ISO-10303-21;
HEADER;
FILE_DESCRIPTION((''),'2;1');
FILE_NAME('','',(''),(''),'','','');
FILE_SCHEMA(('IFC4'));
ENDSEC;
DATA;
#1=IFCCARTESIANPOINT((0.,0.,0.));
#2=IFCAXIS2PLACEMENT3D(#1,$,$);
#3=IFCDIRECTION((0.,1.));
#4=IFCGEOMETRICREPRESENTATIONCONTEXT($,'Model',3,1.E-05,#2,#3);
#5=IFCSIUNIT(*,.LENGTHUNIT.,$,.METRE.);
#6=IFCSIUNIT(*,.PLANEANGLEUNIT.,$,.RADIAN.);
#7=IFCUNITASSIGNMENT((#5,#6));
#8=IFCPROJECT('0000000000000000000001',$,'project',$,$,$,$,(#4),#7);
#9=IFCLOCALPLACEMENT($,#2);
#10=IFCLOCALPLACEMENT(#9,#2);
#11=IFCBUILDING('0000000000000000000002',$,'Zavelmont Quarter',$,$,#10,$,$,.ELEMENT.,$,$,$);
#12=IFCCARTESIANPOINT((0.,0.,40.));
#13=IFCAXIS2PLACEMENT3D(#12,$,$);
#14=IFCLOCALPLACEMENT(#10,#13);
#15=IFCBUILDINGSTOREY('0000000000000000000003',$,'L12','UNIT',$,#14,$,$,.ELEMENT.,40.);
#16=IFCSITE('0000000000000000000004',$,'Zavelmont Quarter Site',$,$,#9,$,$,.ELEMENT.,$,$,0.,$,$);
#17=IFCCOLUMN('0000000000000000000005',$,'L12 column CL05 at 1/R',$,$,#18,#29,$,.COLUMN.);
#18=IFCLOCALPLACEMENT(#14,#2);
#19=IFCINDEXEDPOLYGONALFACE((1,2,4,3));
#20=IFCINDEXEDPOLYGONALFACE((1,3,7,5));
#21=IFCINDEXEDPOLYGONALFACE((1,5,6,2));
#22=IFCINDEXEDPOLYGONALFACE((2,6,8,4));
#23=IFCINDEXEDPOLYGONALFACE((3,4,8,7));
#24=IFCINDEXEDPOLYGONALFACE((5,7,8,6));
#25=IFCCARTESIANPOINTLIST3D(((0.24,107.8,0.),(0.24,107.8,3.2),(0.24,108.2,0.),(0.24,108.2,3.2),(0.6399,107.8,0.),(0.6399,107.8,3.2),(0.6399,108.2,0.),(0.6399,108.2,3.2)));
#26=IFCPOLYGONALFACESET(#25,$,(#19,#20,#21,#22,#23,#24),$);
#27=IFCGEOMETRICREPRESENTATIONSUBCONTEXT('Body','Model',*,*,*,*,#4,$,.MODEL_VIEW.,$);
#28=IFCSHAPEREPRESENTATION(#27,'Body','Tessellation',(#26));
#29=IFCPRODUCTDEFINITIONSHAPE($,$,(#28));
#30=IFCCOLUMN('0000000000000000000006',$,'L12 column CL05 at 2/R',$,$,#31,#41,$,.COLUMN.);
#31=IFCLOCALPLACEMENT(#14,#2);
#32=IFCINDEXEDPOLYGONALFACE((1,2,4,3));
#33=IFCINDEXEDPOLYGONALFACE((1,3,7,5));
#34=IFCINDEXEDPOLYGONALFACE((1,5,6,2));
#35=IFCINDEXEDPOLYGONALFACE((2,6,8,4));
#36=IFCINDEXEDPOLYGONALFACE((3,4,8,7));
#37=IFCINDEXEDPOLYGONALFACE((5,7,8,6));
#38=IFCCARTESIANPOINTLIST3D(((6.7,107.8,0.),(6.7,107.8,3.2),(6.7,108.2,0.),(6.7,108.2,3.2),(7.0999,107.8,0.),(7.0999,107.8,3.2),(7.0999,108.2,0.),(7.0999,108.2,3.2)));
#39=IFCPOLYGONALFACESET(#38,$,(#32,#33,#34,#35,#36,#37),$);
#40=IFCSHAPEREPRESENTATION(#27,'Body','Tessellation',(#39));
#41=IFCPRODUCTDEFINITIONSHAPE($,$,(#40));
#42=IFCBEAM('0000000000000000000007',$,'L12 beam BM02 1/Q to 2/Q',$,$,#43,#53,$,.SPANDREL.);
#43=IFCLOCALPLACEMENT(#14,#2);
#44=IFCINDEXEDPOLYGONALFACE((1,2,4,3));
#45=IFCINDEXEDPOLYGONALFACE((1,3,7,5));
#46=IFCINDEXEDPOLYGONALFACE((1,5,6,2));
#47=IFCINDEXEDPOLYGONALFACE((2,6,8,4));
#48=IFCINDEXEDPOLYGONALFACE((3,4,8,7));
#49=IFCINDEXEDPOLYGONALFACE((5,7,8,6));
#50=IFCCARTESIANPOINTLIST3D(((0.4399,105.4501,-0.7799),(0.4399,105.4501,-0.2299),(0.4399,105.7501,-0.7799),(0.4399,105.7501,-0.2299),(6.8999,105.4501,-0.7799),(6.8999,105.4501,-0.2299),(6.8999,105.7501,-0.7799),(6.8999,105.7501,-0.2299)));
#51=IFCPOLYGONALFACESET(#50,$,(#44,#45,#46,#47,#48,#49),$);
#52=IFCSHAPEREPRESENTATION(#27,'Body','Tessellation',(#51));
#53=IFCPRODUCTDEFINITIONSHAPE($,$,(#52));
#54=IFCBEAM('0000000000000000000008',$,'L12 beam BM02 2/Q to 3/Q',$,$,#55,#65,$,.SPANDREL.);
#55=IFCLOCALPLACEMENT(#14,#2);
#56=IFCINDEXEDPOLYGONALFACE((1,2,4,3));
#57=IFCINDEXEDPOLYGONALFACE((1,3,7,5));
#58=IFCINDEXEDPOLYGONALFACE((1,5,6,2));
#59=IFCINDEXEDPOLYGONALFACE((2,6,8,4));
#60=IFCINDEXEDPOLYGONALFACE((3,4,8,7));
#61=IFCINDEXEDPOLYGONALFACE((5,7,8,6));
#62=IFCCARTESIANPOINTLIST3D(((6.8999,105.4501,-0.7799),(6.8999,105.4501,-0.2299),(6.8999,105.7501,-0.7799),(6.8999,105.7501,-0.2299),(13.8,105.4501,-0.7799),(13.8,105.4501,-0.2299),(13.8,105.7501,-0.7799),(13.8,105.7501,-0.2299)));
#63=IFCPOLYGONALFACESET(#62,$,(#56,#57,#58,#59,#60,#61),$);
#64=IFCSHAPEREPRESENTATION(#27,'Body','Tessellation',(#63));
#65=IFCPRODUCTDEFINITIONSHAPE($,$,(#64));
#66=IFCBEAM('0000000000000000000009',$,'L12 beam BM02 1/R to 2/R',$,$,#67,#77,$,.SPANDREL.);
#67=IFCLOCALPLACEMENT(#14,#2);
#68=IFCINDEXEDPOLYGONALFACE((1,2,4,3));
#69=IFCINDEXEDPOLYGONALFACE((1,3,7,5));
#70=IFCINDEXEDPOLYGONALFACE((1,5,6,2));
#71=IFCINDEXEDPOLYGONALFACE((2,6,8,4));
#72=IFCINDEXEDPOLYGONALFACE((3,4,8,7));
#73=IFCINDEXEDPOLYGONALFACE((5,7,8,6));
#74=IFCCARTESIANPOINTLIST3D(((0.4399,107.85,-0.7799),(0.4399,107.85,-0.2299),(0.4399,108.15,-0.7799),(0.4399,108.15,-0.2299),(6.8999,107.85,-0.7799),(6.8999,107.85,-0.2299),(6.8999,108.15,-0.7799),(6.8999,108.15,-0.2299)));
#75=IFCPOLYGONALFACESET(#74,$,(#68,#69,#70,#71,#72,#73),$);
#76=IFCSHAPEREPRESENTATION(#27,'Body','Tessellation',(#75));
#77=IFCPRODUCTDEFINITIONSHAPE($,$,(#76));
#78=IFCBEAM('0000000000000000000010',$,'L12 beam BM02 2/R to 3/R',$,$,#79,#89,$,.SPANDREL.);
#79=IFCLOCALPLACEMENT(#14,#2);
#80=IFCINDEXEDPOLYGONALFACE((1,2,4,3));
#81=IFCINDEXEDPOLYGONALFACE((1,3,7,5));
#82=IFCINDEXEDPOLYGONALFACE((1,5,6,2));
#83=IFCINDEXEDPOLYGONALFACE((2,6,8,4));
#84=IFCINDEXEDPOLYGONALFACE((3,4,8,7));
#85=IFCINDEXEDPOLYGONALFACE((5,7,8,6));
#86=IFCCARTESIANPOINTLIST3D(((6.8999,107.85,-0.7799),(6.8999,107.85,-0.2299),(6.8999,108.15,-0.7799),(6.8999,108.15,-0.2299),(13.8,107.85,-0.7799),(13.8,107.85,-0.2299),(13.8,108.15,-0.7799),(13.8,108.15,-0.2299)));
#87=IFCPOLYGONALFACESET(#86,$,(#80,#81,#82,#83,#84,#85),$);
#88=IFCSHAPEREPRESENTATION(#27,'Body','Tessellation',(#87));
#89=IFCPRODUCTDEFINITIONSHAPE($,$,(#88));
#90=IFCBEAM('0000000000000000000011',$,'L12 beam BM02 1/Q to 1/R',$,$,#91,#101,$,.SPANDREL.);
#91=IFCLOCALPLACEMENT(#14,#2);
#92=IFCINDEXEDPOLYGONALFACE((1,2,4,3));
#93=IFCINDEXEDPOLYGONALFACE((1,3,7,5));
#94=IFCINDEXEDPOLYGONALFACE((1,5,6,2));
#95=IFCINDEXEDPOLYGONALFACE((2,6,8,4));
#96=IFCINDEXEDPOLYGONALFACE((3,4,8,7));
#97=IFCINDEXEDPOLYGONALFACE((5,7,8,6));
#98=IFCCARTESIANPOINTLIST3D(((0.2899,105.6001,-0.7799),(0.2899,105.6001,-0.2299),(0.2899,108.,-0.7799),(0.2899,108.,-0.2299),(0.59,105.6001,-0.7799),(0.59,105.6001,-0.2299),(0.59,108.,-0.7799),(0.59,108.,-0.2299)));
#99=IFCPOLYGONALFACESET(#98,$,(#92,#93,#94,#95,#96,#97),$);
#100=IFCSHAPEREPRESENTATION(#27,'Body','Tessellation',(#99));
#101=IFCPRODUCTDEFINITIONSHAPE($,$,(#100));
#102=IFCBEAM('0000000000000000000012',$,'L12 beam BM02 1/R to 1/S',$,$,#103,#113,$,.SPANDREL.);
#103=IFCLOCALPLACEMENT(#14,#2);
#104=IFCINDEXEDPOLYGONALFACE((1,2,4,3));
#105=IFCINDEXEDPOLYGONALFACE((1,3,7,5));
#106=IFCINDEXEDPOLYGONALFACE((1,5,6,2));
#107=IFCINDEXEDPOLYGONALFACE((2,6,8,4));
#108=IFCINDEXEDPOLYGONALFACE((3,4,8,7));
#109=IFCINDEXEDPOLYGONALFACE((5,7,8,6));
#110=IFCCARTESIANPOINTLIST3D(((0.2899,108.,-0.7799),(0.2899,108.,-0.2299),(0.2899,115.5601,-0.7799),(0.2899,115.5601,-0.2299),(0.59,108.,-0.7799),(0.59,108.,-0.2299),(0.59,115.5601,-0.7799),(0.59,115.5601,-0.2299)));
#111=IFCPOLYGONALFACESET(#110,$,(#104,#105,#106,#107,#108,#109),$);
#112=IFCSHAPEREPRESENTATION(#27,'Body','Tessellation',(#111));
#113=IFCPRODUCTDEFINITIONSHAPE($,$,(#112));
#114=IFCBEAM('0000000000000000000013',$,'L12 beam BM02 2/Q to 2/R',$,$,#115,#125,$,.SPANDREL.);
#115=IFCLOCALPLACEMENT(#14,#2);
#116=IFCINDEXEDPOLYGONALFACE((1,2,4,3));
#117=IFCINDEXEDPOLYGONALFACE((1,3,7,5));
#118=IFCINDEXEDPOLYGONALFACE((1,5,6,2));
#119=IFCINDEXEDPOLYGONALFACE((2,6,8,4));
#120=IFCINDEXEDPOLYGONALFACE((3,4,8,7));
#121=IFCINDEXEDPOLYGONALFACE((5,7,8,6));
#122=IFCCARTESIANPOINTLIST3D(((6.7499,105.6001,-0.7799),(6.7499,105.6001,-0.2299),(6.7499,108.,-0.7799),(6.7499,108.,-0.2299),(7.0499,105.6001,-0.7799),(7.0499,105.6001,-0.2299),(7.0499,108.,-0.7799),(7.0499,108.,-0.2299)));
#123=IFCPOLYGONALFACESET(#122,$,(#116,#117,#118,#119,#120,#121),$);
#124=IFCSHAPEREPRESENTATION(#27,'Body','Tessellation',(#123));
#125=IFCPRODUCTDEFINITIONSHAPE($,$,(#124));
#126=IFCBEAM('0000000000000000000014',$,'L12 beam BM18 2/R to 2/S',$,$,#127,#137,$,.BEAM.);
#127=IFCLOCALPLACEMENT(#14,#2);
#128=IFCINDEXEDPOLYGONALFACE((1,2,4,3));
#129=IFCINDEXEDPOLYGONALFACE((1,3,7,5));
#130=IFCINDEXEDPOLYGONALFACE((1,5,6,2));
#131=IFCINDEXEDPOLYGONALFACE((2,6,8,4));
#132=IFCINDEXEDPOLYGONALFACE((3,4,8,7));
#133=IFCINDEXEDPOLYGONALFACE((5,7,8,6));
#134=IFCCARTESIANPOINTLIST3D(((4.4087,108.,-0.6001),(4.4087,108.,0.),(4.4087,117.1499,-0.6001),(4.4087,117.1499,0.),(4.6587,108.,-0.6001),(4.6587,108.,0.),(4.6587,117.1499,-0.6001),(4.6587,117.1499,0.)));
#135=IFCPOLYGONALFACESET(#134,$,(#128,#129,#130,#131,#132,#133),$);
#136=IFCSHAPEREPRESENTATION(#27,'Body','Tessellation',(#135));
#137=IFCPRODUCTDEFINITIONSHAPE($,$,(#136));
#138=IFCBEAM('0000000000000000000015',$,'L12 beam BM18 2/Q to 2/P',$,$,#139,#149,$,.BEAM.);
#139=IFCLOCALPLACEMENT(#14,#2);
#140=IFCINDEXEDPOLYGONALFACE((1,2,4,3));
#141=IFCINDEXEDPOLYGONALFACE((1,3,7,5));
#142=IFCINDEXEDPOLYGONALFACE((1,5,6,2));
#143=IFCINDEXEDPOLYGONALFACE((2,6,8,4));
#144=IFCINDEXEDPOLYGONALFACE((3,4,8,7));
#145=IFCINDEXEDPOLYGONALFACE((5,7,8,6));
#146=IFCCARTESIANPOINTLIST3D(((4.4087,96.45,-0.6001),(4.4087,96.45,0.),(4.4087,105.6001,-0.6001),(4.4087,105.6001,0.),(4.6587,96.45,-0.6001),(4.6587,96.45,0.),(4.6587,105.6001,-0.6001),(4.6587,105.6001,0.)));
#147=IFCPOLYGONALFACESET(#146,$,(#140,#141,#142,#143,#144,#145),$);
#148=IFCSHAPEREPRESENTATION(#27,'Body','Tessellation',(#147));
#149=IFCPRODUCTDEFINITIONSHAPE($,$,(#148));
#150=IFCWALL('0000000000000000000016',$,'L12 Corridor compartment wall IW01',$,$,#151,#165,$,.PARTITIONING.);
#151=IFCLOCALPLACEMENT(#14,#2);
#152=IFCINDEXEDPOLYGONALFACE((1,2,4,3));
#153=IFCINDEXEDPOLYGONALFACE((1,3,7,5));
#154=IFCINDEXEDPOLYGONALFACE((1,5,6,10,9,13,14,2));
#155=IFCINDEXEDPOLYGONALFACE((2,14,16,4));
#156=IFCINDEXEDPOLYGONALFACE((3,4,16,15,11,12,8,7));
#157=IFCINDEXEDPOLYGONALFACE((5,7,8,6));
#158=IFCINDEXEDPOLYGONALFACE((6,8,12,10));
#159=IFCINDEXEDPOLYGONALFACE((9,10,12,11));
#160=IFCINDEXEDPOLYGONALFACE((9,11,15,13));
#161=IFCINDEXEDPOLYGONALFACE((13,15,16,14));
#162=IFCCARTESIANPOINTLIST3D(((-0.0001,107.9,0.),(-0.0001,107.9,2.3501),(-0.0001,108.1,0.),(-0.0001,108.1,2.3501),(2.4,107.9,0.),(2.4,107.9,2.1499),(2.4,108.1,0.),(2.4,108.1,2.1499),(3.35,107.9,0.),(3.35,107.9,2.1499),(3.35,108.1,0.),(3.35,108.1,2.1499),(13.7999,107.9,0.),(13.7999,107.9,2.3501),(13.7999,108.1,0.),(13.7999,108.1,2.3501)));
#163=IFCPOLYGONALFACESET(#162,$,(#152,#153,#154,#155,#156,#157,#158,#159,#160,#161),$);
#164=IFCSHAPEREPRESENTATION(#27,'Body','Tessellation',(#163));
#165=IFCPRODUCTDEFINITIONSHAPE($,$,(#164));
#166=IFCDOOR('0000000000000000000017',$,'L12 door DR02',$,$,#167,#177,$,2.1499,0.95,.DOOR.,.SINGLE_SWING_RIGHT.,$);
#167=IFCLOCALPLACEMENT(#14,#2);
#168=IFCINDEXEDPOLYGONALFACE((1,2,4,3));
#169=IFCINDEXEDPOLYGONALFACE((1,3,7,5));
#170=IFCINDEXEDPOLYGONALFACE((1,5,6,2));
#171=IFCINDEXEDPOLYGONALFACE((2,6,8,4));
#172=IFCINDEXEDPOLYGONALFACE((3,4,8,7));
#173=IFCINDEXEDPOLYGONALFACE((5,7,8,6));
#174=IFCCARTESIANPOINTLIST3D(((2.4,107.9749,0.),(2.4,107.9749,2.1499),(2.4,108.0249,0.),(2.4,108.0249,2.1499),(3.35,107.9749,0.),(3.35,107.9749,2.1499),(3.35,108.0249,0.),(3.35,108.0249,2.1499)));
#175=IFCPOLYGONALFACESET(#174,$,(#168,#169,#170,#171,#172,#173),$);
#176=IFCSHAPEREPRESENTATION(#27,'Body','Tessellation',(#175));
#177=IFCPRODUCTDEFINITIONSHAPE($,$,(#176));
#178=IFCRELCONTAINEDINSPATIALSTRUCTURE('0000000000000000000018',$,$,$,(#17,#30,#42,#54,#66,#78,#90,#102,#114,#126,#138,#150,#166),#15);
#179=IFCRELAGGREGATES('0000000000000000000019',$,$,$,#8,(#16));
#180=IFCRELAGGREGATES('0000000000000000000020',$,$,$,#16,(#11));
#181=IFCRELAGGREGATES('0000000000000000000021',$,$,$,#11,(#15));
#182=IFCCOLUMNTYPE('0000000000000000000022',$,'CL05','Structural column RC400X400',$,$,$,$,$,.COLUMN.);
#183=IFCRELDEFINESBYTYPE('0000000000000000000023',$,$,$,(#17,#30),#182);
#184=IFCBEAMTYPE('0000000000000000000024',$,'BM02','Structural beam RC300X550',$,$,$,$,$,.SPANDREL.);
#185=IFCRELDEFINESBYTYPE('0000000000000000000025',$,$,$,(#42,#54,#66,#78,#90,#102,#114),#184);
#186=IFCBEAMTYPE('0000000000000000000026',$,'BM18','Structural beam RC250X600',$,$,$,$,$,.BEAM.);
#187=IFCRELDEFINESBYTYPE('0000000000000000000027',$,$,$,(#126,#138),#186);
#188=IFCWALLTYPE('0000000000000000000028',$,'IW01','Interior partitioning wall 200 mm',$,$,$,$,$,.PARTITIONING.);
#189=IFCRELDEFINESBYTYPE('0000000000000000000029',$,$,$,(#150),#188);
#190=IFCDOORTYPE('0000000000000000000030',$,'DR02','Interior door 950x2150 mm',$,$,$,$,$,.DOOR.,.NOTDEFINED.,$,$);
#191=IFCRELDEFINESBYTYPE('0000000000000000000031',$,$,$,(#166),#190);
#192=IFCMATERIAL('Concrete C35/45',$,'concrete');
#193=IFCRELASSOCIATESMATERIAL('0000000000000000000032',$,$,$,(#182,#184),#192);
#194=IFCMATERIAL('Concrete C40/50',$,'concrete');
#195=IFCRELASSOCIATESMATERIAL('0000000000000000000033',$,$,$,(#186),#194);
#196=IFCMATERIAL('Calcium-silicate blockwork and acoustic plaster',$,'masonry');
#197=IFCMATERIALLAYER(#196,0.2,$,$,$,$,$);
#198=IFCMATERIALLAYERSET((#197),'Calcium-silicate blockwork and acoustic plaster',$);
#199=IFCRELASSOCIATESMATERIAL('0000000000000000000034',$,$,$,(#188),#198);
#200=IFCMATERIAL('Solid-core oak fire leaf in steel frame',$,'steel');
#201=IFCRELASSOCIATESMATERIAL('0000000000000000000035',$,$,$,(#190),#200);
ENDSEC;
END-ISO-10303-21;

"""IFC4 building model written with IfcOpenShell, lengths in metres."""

from ifc_helpers import new_model, si_unit, direction, frame, frame_2d, origin, origin_with_axes, origin_2d, place, context, subcontext, project, spatial, rectangle, extrude, material, layer, layer_set, material_profile, profile_set, type_object, element, fill, save


model = new_model("IFC4")

# Units and contexts
model_context = context("Model", 3, precision=1e-05, world=origin(), true_north=direction((0.0, 1.0)))
body_context = subcontext(model_context, "Body", "Model", "MODEL_VIEW")
ifc_project = project(units=[si_unit("LENGTHUNIT", "METRE"), si_unit("PLANEANGLEUNIT", "RADIAN")], contexts=[model_context])

# Site, building, storey
site_placement = place(None, origin())
site = spatial("IfcSite", under=ifc_project, at=site_placement, Name="Zavelmont Quarter Site", CompositionType="ELEMENT", RefElevation=0.0)
building_placement = place(site_placement, origin())
building = spatial("IfcBuilding", under=site, at=building_placement, Name="Zavelmont Quarter", CompositionType="ELEMENT")
storey_placement = place(building_placement, frame((0.0, 0.0, 40.0)))
storey = spatial("IfcBuildingStorey", under=building, at=storey_placement, Name="L12", Description="UNIT", CompositionType="ELEMENT", Elevation=40.0)

# Columns
ifc_material_1 = material(Name="Concrete C35/45", Category="concrete")
ifc_material_profile_1 = material_profile(ifc_material_1, rectangle(XDim=0.3999, YDim=0.3999, at=origin_2d()), Name="RC400X400")
ifc_profile_set_1 = profile_set([ifc_material_profile_1], Name="Concrete C35/45")
column_type = type_object("IfcColumnType", Name="CL05", Description="Structural column RC400X400", PredefinedType="COLUMN", material=ifc_profile_set_1)
for number, where, z_axis, x_axis, name in (
    (1, (0.4399, 108.0, 0.0), (0.0, 0.0, 1.0), (1.0, 0.0, 0.0), "L12 column CL05 at 1/R"),
    (2, (6.8999, 108.0, 0.0), (0.0, 0.0, 1.0), (1.0, 0.0, 0.0), "L12 column CL05 at 2/R"),
):
    element("IfcColumn", number, at=place(storey_placement, frame(where, z_axis=z_axis, x_axis=x_axis)), inside=storey, type_object=column_type, Name=name, PredefinedType="COLUMN", context=body_context, shape_type="SweptSolid", body=[
        extrude(rectangle(XDim=0.3999, YDim=0.3999, at=origin_2d()), origin(), (0.0, 0.0, 1.0), 3.2),
    ])

# Beams
ifc_material_profile_2 = material_profile(ifc_material_1, rectangle(XDim=0.3, YDim=0.55, at=origin_2d()), Name="RC300X550")
ifc_profile_set_2 = profile_set([ifc_material_profile_2], Name="Concrete C35/45")
beam_type_1 = type_object("IfcBeamType", Name="BM02", Description="Structural beam RC300X550", PredefinedType="SPANDREL", material=ifc_profile_set_2)
beam_1_placement = place(storey_placement, frame((0.4399, 105.6001, -0.5049), z_axis=(1.0, 0.0, 0.0), x_axis=(0.0, 1.0, 0.0)))
element("IfcBeam", 3, at=beam_1_placement, inside=storey, type_object=beam_type_1, Name="L12 beam BM02 1/Q to 2/Q", PredefinedType="SPANDREL", context=body_context, shape_type="SweptSolid", body=[
    extrude(rectangle(XDim=0.3, YDim=0.55, at=origin_2d()), origin(), (0.0, 0.0, 1.0), 6.46),
])
beam_2_placement = place(storey_placement, frame((6.8999, 105.6001, -0.5049), z_axis=(1.0, 0.0, 0.0), x_axis=(0.0, 1.0, 0.0)))
element("IfcBeam", 4, at=beam_2_placement, inside=storey, type_object=beam_type_1, Name="L12 beam BM02 2/Q to 3/Q", PredefinedType="SPANDREL", context=body_context, shape_type="SweptSolid", body=[
    extrude(rectangle(XDim=0.3, YDim=0.55, at=origin_2d()), origin(), (0.0, 0.0, 1.0), 6.9001),
])
beam_3_placement = place(storey_placement, frame((0.4399, 108.0, -0.5049), z_axis=(1.0, 0.0, 0.0), x_axis=(0.0, 1.0, 0.0)))
element("IfcBeam", 5, at=beam_3_placement, inside=storey, type_object=beam_type_1, Name="L12 beam BM02 1/R to 2/R", PredefinedType="SPANDREL", context=body_context, shape_type="SweptSolid", body=[
    extrude(rectangle(XDim=0.3, YDim=0.55, at=origin_2d()), origin(), (0.0, 0.0, 1.0), 6.46),
])
beam_4_placement = place(storey_placement, frame((6.8999, 108.0, -0.5049), z_axis=(1.0, 0.0, 0.0), x_axis=(0.0, 1.0, 0.0)))
element("IfcBeam", 6, at=beam_4_placement, inside=storey, type_object=beam_type_1, Name="L12 beam BM02 2/R to 3/R", PredefinedType="SPANDREL", context=body_context, shape_type="SweptSolid", body=[
    extrude(rectangle(XDim=0.3, YDim=0.55, at=origin_2d()), origin(), (0.0, 0.0, 1.0), 6.9001),
])
beam_5_placement = place(storey_placement, frame((0.4399, 105.6001, -0.5049), z_axis=(0.0, 1.0, 0.0), x_axis=(-1.0, 0.0, 0.0)))
element("IfcBeam", 7, at=beam_5_placement, inside=storey, type_object=beam_type_1, Name="L12 beam BM02 1/Q to 1/R", PredefinedType="SPANDREL", context=body_context, shape_type="SweptSolid", body=[
    extrude(rectangle(XDim=0.3, YDim=0.55, at=origin_2d()), origin(), (0.0, 0.0, 1.0), 2.3999),
])
beam_6_placement = place(storey_placement, frame((0.4399, 108.0, -0.5049), z_axis=(0.0, 1.0, 0.0), x_axis=(-1.0, 0.0, 0.0)))
element("IfcBeam", 8, at=beam_6_placement, inside=storey, type_object=beam_type_1, Name="L12 beam BM02 1/R to 1/S", PredefinedType="SPANDREL", context=body_context, shape_type="SweptSolid", body=[
    extrude(rectangle(XDim=0.3, YDim=0.55, at=origin_2d()), origin(), (0.0, 0.0, 1.0), 7.5601),
])
beam_7_placement = place(storey_placement, frame((6.8999, 105.6001, -0.5049), z_axis=(0.0, 1.0, 0.0), x_axis=(-1.0, 0.0, 0.0)))
element("IfcBeam", 9, at=beam_7_placement, inside=storey, type_object=beam_type_1, Name="L12 beam BM02 2/Q to 2/R", PredefinedType="SPANDREL", context=body_context, shape_type="SweptSolid", body=[
    extrude(rectangle(XDim=0.3, YDim=0.55, at=origin_2d()), origin(), (0.0, 0.0, 1.0), 2.3999),
])
ifc_material_2 = material(Name="Concrete C40/50", Category="concrete")
ifc_material_profile_3 = material_profile(ifc_material_2, rectangle(XDim=0.25, YDim=0.6001, at=origin_2d()), Name="RC250X600")
ifc_profile_set_3 = profile_set([ifc_material_profile_3], Name="Concrete C40/50")
beam_type_2 = type_object("IfcBeamType", Name="BM18", Description="Structural beam RC250X600", PredefinedType="BEAM", material=ifc_profile_set_3)
beam_8_placement = place(storey_placement, frame((4.5337, 108.0, -0.3), z_axis=(0.0, 1.0, 0.0), x_axis=(-1.0, 0.0, 0.0)))
element("IfcBeam", 10, at=beam_8_placement, inside=storey, type_object=beam_type_2, Name="L12 beam BM18 2/R to 2/S", PredefinedType="BEAM", context=body_context, shape_type="SweptSolid", body=[
    extrude(rectangle(XDim=0.25, YDim=0.6001, at=origin_2d()), origin(), (0.0, 0.0, 1.0), 9.1499),
])
beam_9_placement = place(storey_placement, frame((4.5337, 105.6001, -0.3), z_axis=(0.0, -1.0, 0.0), x_axis=(1.0, 0.0, 0.0)))
element("IfcBeam", 11, at=beam_9_placement, inside=storey, type_object=beam_type_2, Name="L12 beam BM18 2/Q to 2/P", PredefinedType="BEAM", context=body_context, shape_type="SweptSolid", body=[
    extrude(rectangle(XDim=0.25, YDim=0.6001, at=origin_2d()), origin(), (0.0, 0.0, 1.0), 9.1501),
])

# Wall, opening, door
ifc_material_3 = material(Name="Calcium-silicate blockwork and acoustic plaster", Category="masonry")
ifc_layer_1 = layer(ifc_material_3, 0.2)
ifc_layer_set_1 = layer_set([ifc_layer_1], Name="Calcium-silicate blockwork and acoustic plaster")
wall_type_1 = type_object("IfcWallType", Name="IW01", Description="Interior partitioning wall 200 mm", PredefinedType="PARTITIONING", material=ifc_layer_set_1)
wall_1_placement = place(storey_placement, frame((0.0, 108.0, 0.0), z_axis=(0.0, 0.0, 1.0), x_axis=(1.0, 0.0, 0.0)))
wall_1 = element("IfcWall", 12, at=wall_1_placement, inside=storey, type_object=wall_type_1, Name="L12 Corridor compartment wall IW01", PredefinedType="PARTITIONING", context=body_context, shape_type="SweptSolid", body=[
    extrude(rectangle(XDim=13.8, YDim=0.2, at=frame_2d((6.8999, 0.0))), origin(), (0.0, 0.0, 1.0), 2.3501),
])
opening_1_placement = place(wall_1_placement, frame((2.3999, 0.0, 0.0)))
opening_1 = element("IfcOpeningElement", 13, at=opening_1_placement, cuts=wall_1, PredefinedType="OPENING", context=body_context, shape_type="SweptSolid", body=[
    extrude(rectangle(XDim=0.95, YDim=2.1499, at=frame_2d((0.4751, 1.075))), frame((0.0, 0.1118, 0.0), z_axis=(0.0, -1.0, 0.0), x_axis=(1.0, 0.0, 0.0)), (0.0, 0.0, 1.0), 0.2239),
])
ifc_material_4 = material(Name="Solid-core oak fire leaf in steel frame", Category="steel")
door_type = type_object("IfcDoorType", Name="DR02", Description="Interior door 950x2150 mm", OperationType="NOTDEFINED", PredefinedType="DOOR", material=ifc_material_4)
door_1_placement = place(opening_1_placement, origin_with_axes())
door_1 = element("IfcDoor", 14, at=door_1_placement, inside=storey, type_object=door_type, Name="L12 door DR02", OperationType="SINGLE_SWING_RIGHT", OverallHeight=2.1499, OverallWidth=0.95, PredefinedType="DOOR", context=body_context, shape_type="SweptSolid", body=[
    extrude(rectangle(XDim=0.95, YDim=2.1499, at=frame_2d((0.4751, 1.075))), frame((0.0, 0.0249, 0.0), z_axis=(0.0, -1.0, 0.0), x_axis=(1.0, 0.0, 0.0)), (0.0, 0.0, 1.0), 0.05),
])
fill(opening_1, door_1)

save(model, "model.ifc")
